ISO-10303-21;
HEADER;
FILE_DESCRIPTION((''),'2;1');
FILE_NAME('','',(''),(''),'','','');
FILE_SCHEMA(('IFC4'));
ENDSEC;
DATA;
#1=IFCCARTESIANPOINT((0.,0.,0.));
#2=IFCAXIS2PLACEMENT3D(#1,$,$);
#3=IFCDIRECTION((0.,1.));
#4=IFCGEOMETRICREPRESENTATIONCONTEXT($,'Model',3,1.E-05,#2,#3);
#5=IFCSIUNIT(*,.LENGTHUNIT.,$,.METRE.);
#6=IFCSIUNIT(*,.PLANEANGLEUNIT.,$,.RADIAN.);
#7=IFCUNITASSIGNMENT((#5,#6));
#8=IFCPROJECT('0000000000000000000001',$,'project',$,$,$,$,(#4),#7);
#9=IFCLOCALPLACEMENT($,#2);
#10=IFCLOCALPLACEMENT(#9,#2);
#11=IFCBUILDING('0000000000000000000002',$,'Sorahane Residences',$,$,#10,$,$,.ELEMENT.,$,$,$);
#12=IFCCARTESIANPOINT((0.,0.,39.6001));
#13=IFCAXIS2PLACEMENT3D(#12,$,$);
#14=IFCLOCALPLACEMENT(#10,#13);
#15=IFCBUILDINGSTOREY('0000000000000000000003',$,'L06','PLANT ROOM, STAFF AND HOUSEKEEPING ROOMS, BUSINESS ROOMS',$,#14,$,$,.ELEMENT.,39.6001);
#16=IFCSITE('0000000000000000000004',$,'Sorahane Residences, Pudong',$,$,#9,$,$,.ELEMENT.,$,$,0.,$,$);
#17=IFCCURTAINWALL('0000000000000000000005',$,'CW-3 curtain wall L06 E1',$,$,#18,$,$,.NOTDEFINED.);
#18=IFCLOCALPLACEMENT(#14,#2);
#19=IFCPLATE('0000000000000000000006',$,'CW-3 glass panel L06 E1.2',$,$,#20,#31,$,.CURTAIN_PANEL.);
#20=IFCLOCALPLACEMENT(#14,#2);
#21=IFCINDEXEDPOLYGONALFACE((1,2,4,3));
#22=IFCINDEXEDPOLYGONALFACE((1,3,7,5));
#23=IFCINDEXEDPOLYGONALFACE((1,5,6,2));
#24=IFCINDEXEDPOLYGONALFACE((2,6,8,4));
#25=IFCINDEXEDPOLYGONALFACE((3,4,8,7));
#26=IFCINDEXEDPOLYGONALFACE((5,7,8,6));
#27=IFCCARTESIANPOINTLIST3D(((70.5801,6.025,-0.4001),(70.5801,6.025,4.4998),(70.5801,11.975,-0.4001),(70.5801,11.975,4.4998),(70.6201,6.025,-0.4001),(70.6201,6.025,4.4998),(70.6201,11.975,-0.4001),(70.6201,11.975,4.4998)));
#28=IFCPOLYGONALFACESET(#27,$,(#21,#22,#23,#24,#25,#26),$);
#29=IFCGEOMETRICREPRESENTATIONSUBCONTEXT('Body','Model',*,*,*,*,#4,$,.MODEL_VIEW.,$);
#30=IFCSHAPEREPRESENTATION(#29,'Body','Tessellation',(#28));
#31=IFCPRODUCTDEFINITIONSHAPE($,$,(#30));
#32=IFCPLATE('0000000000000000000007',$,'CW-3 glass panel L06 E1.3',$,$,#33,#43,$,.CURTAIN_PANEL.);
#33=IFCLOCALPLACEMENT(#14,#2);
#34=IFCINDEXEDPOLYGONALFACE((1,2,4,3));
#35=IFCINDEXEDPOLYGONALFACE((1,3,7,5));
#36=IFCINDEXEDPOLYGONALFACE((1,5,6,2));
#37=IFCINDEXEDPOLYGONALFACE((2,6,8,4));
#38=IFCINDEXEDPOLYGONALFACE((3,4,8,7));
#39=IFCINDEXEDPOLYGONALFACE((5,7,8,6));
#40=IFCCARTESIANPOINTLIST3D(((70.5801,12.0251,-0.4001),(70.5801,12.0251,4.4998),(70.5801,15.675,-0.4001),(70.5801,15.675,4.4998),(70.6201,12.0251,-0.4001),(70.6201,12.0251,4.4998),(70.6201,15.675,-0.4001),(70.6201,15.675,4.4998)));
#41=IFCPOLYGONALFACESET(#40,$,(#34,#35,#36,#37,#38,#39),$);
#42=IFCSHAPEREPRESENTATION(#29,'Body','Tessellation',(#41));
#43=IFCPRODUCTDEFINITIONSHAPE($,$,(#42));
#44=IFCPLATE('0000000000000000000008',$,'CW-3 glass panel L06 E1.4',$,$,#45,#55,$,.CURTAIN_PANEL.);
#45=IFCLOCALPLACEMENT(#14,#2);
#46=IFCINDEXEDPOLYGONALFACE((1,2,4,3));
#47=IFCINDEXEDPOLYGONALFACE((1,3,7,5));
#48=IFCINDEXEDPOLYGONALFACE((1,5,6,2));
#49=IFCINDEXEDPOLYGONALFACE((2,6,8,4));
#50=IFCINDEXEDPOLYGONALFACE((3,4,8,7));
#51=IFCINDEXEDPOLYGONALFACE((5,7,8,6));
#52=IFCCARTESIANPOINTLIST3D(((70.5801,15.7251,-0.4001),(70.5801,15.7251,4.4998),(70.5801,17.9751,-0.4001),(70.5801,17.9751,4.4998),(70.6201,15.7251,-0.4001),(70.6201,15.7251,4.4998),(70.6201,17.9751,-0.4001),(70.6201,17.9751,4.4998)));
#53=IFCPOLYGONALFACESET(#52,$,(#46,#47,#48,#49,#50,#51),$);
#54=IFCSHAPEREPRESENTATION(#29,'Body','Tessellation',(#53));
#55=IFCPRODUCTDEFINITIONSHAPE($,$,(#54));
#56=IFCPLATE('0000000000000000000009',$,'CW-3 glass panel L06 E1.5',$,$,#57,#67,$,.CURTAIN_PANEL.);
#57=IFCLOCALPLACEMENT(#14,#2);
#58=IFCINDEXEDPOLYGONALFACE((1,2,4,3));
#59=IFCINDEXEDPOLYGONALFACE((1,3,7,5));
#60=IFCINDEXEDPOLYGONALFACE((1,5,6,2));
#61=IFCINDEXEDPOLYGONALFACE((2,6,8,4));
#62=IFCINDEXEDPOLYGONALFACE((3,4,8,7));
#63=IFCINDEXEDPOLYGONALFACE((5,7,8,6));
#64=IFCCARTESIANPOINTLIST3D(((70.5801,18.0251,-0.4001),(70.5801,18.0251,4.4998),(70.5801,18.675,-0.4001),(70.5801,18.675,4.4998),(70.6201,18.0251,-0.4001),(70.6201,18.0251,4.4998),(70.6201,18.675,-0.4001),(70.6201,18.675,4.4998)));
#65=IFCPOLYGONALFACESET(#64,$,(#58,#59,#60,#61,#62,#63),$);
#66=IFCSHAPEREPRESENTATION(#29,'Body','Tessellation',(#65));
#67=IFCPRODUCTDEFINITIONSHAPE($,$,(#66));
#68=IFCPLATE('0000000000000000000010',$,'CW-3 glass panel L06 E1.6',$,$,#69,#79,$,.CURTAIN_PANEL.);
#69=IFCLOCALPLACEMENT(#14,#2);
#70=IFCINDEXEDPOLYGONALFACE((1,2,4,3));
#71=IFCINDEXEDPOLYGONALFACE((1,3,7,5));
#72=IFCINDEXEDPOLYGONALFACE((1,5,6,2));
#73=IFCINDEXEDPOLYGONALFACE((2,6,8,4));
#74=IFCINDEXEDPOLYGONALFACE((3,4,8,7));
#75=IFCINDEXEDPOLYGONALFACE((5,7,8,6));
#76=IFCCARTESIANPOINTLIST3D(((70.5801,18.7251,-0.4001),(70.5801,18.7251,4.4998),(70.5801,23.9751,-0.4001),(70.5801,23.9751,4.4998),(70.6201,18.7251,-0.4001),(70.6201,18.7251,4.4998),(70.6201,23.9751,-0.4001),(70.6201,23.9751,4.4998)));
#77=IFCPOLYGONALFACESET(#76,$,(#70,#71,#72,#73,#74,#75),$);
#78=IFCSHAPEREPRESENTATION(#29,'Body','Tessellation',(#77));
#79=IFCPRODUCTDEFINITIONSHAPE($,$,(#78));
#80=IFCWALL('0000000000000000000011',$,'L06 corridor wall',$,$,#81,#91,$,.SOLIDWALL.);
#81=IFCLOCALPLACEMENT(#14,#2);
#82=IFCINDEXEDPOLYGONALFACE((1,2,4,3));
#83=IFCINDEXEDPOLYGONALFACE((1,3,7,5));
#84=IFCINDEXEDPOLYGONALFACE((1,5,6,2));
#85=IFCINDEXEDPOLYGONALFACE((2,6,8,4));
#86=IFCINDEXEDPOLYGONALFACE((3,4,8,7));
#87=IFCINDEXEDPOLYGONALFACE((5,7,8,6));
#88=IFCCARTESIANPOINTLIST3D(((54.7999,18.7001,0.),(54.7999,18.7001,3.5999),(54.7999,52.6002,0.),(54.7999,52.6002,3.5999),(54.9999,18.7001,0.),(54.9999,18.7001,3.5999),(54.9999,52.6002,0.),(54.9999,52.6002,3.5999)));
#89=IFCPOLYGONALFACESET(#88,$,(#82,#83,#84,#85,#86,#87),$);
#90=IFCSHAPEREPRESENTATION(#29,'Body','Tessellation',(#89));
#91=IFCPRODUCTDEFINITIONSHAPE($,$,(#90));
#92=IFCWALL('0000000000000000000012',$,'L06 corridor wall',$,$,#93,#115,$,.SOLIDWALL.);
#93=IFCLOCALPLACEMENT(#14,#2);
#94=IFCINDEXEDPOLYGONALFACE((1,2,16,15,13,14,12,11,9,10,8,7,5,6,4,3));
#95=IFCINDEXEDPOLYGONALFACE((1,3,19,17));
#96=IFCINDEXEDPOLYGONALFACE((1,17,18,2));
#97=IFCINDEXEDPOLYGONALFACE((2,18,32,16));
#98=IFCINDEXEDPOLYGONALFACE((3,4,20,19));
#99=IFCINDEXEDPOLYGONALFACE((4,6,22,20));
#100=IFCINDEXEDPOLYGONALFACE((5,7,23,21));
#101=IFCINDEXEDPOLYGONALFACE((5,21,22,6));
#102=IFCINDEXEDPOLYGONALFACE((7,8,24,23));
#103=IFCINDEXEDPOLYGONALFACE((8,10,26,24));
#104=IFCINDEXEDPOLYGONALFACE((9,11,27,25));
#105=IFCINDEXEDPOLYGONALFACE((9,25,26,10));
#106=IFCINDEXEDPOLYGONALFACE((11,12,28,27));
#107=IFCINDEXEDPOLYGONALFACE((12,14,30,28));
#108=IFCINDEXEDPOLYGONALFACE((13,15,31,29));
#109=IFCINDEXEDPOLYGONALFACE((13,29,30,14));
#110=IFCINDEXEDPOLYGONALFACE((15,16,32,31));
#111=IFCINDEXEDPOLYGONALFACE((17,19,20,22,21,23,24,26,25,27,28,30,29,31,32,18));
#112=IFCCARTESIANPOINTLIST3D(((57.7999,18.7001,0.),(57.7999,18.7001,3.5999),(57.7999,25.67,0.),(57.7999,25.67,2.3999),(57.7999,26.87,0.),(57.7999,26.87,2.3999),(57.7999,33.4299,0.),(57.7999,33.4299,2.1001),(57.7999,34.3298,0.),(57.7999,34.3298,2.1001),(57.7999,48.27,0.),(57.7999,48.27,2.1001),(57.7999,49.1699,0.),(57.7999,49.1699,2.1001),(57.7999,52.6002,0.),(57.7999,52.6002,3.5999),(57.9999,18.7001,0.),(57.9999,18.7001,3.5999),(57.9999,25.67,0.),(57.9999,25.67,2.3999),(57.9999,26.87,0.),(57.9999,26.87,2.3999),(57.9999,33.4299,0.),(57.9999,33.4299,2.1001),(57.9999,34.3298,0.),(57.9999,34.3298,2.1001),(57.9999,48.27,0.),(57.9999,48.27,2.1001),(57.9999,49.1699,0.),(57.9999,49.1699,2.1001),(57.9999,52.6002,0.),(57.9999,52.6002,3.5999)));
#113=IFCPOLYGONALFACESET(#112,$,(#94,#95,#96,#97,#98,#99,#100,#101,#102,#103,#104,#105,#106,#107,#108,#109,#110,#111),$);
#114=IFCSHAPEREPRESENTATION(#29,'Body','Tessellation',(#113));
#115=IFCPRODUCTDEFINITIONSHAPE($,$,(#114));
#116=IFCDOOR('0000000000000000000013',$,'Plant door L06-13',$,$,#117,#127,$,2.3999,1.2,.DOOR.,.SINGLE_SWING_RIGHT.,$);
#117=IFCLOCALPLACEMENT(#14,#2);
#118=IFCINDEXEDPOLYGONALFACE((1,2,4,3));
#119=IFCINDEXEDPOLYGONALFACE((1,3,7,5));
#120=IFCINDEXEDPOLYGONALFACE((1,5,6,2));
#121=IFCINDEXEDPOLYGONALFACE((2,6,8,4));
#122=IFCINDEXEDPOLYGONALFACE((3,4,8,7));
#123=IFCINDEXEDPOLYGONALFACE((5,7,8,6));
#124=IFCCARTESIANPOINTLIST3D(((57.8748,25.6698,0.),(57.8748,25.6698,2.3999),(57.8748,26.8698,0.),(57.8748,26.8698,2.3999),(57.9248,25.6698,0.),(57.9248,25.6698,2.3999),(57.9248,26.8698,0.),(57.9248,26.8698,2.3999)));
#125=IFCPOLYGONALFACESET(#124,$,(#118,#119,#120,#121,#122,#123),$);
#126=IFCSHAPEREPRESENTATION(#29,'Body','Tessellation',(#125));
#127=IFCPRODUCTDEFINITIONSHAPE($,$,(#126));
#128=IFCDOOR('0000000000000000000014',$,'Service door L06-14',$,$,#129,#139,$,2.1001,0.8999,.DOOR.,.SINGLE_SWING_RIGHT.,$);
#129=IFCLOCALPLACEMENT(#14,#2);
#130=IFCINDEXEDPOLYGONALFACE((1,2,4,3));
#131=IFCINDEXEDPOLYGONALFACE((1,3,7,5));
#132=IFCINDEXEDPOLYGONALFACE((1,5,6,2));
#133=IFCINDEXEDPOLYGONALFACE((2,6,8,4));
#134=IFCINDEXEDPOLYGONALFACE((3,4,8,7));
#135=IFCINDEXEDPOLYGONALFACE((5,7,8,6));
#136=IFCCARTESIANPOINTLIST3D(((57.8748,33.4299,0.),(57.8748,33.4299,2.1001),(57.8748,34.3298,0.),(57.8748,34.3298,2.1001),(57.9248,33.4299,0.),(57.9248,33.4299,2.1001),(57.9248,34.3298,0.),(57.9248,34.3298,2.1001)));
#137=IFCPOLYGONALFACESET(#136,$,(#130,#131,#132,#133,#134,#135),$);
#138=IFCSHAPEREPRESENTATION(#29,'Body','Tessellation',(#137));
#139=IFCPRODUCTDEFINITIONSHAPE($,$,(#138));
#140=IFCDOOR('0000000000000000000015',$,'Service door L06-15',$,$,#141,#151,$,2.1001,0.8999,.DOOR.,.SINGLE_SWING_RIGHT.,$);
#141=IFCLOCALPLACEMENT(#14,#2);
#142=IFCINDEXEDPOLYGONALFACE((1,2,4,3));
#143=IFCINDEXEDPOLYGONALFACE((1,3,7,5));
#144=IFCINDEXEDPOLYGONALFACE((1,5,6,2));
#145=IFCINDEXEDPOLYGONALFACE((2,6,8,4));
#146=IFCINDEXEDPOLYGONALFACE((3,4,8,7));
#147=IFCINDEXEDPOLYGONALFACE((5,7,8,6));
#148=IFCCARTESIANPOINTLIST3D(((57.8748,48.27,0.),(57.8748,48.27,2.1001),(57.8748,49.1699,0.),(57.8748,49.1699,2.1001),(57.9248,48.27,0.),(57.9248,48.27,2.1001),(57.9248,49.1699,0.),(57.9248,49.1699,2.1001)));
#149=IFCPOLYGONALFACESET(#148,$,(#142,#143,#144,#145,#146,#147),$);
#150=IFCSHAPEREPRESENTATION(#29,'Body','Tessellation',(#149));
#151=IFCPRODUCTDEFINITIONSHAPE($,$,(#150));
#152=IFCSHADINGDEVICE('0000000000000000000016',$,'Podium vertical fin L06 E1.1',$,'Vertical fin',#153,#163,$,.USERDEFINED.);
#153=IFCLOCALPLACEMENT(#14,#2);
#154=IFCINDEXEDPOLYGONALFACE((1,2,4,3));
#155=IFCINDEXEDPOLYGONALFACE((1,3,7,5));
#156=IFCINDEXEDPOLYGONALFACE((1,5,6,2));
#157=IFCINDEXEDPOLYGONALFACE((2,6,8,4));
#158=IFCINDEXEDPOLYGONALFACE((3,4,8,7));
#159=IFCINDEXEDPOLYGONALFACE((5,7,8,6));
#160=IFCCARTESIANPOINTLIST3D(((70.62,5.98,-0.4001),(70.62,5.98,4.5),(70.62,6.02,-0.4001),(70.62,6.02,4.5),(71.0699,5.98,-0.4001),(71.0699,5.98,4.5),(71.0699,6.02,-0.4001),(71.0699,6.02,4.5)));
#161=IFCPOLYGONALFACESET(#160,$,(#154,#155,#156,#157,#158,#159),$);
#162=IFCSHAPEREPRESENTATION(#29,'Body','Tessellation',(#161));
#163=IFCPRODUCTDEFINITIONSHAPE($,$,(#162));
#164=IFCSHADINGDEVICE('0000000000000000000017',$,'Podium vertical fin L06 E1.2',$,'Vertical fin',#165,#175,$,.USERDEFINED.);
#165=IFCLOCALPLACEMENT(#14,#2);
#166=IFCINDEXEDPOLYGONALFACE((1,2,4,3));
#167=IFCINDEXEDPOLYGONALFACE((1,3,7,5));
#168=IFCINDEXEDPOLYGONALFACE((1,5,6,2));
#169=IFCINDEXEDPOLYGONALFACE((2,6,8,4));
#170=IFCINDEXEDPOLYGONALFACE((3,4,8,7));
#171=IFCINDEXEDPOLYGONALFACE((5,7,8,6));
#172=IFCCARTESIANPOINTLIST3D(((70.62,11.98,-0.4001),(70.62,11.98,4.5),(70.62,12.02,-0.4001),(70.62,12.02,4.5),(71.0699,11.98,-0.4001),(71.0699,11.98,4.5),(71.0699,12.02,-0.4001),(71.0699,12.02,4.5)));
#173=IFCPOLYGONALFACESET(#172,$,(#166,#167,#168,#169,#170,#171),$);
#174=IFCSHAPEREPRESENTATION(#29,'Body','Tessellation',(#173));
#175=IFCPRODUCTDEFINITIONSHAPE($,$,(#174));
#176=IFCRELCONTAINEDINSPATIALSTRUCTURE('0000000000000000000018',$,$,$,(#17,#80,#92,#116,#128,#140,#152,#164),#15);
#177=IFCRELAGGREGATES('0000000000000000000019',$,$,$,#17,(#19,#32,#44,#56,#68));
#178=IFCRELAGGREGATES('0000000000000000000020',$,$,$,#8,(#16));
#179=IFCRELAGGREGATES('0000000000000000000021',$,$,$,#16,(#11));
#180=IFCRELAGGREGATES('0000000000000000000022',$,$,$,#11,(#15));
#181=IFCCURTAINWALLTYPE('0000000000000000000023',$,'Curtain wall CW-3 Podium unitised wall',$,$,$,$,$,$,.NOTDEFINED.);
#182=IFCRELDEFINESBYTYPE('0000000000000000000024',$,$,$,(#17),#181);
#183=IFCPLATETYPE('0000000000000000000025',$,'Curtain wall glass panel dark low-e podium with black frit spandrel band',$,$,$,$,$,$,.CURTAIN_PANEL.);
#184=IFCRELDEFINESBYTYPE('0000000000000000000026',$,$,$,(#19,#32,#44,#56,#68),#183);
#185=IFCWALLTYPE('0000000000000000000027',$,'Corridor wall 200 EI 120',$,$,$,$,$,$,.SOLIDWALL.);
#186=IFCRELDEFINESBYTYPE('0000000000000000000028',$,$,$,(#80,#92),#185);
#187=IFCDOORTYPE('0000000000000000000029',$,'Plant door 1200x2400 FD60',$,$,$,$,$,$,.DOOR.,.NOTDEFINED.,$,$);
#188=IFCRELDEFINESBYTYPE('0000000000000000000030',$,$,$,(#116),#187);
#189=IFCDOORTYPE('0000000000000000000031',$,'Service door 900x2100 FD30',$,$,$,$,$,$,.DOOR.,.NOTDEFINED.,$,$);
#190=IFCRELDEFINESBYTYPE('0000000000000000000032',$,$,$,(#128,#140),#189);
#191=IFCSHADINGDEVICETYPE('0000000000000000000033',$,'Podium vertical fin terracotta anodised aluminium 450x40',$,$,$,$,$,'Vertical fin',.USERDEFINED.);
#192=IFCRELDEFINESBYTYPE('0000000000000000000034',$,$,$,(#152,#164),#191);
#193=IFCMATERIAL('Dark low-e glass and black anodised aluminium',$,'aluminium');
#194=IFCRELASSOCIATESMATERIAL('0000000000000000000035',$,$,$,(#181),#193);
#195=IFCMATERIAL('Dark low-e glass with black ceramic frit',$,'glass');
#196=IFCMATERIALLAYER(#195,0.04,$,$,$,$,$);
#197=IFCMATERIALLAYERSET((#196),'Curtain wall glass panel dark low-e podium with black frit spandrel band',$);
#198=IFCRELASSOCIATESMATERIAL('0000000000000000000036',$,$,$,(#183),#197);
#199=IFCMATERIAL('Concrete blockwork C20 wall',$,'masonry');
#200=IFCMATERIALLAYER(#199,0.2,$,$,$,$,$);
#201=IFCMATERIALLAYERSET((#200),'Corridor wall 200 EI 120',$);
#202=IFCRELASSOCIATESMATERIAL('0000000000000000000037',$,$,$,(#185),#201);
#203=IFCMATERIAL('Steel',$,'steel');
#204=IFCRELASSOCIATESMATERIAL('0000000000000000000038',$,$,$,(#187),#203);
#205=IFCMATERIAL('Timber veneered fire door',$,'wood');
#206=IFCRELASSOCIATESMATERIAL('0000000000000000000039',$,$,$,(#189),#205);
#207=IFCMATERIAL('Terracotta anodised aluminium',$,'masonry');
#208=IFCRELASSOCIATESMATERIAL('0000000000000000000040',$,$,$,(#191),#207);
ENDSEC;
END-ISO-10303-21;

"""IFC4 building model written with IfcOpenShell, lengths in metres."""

from ifc_helpers import new_model, si_unit, direction, frame, frame_2d, origin, origin_2d, place, context, subcontext, project, spatial, rectangle, extrude, material, layer, layer_set, material_profile, profile_set, type_object, element, fill, aggregate, save


model = new_model("IFC4")

# Units and contexts
model_context = context("Model", 3, precision=1e-05, world=origin(), true_north=direction((0.0, 1.0)))
body_context = subcontext(model_context, "Body", "Model", "MODEL_VIEW")
ifc_project = project(units=[si_unit("LENGTHUNIT", "METRE"), si_unit("PLANEANGLEUNIT", "RADIAN")], contexts=[model_context])

# Site, building, storey
site_placement = place(None, origin())
site = spatial("IfcSite", under=ifc_project, at=site_placement, Name="Sorahane Residences, Pudong", CompositionType="ELEMENT", RefElevation=0.0)
building_placement = place(site_placement, origin())
building = spatial("IfcBuilding", under=site, at=building_placement, Name="Sorahane Residences", CompositionType="ELEMENT")
storey_placement = place(building_placement, frame((0.0, 0.0, 39.6001)))
storey = spatial("IfcBuildingStorey", under=building, at=storey_placement, Name="L06", Description="PLANT ROOM, STAFF AND HOUSEKEEPING ROOMS, BUSINESS ROOMS", CompositionType="ELEMENT", Elevation=39.6001)

# Curtain wall
ifc_material_1 = material(Name="Dark low-e glass and black anodised aluminium", Category="aluminium")
curtain_wall_type = type_object("IfcCurtainWallType", Name="Curtain wall CW-3 Podium unitised wall", PredefinedType="NOTDEFINED", material=ifc_material_1)
curtain_wall_placement = place(storey_placement, origin())
curtain_wall = element("IfcCurtainWall", 1, at=curtain_wall_placement, inside=storey, type_object=curtain_wall_type, Name="CW-3 curtain wall L06 E1", PredefinedType="NOTDEFINED")

# Plates
ifc_material_2 = material(Name="Dark low-e glass with black ceramic frit", Category="glass")
ifc_layer_1 = layer(ifc_material_2, 0.04)
ifc_layer_set_1 = layer_set([ifc_layer_1], Name="Curtain wall glass panel dark low-e podium with black frit spandrel band")
plate_type = type_object("IfcPlateType", Name="Curtain wall glass panel dark low-e podium with black frit spandrel band", PredefinedType="CURTAIN_PANEL", material=ifc_layer_set_1)
plate_1_placement = place(storey_placement, frame((70.6001, 9.0, -0.4001), z_axis=(0.0, 0.0, 1.0), x_axis=(0.0, 1.0, 0.0)))
plate_1 = element("IfcPlate", 2, at=plate_1_placement, type_object=plate_type, Name="CW-3 glass panel L06 E1.2", PredefinedType="CURTAIN_PANEL", context=body_context, shape_type="SweptSolid", body=[
    extrude(rectangle(XDim=5.95, YDim=0.04, at=origin_2d()), origin(), (0.0, 0.0, 1.0), 4.8999),
])
plate_2_placement = place(storey_placement, frame((70.6001, 13.8501, -0.4001), z_axis=(0.0, 0.0, 1.0), x_axis=(0.0, 1.0, 0.0)))
plate_2 = element("IfcPlate", 3, at=plate_2_placement, type_object=plate_type, Name="CW-3 glass panel L06 E1.3", PredefinedType="CURTAIN_PANEL", context=body_context, shape_type="SweptSolid", body=[
    extrude(rectangle(XDim=3.6499, YDim=0.04, at=origin_2d()), origin(), (0.0, 0.0, 1.0), 4.8999),
])
plate_3_placement = place(storey_placement, frame((70.6001, 16.8501, -0.4001), z_axis=(0.0, 0.0, 1.0), x_axis=(0.0, 1.0, 0.0)))
plate_3 = element("IfcPlate", 4, at=plate_3_placement, type_object=plate_type, Name="CW-3 glass panel L06 E1.4", PredefinedType="CURTAIN_PANEL", context=body_context, shape_type="SweptSolid", body=[
    extrude(rectangle(XDim=2.25, YDim=0.04, at=origin_2d()), origin(), (0.0, 0.0, 1.0), 4.8999),
])
plate_4_placement = place(storey_placement, frame((70.6001, 18.3501, -0.4001), z_axis=(0.0, 0.0, 1.0), x_axis=(0.0, 1.0, 0.0)))
plate_4 = element("IfcPlate", 5, at=plate_4_placement, type_object=plate_type, Name="CW-3 glass panel L06 E1.5", PredefinedType="CURTAIN_PANEL", context=body_context, shape_type="SweptSolid", body=[
    extrude(rectangle(XDim=0.6499, YDim=0.04, at=origin_2d()), origin(), (0.0, 0.0, 1.0), 4.8999),
])
plate_5_placement = place(storey_placement, frame((70.6001, 21.3501, -0.4001), z_axis=(0.0, 0.0, 1.0), x_axis=(0.0, 1.0, 0.0)))
plate_5 = element("IfcPlate", 6, at=plate_5_placement, type_object=plate_type, Name="CW-3 glass panel L06 E1.6", PredefinedType="CURTAIN_PANEL", context=body_context, shape_type="SweptSolid", body=[
    extrude(rectangle(XDim=5.25, YDim=0.04, at=origin_2d()), origin(), (0.0, 0.0, 1.0), 4.8999),
])
aggregate(curtain_wall, [plate_1, plate_2, plate_3, plate_4, plate_5])

# Wall
ifc_material_3 = material(Name="Concrete blockwork C20 wall", Category="masonry")
ifc_layer_2 = layer(ifc_material_3, 0.2)
ifc_layer_set_2 = layer_set([ifc_layer_2], Name="Corridor wall 200 EI 120")
wall_type = type_object("IfcWallType", Name="Corridor wall 200 EI 120", PredefinedType="SOLIDWALL", material=ifc_layer_set_2)
wall_1_placement = place(storey_placement, frame((54.8999, 18.7, 0.0), z_axis=(0.0, 0.0, 1.0), x_axis=(0.0, 1.0, 0.0)))
element("IfcWall", 7, at=wall_1_placement, inside=storey, type_object=wall_type, Name="L06 corridor wall", PredefinedType="SOLIDWALL", context=body_context, shape_type="SweptSolid", body=[
    extrude(rectangle(XDim=33.9001, YDim=0.2, at=frame_2d((16.9502, 0.0))), origin(), (0.0, 0.0, 1.0), 3.5999),
])

# Wall, openings, doors
wall_2_placement = place(storey_placement, frame((57.8999, 18.7, 0.0), z_axis=(0.0, 0.0, 1.0), x_axis=(0.0, 1.0, 0.0)))
wall_2 = element("IfcWall", 8, at=wall_2_placement, inside=storey, type_object=wall_type, Name="L06 corridor wall", PredefinedType="SOLIDWALL", context=body_context, shape_type="SweptSolid", body=[
    extrude(rectangle(XDim=33.9001, YDim=0.2, at=frame_2d((16.9502, 0.0))), origin(), (0.0, 0.0, 1.0), 3.5999),
])
opening_1_placement = place(wall_2_placement, frame((6.97, 0.0, 0.0)))
opening_1 = element("IfcOpeningElement", 9, at=opening_1_placement, cuts=wall_2, PredefinedType="OPENING", context=body_context, shape_type="SweptSolid", body=[
    extrude(rectangle(XDim=1.2, YDim=2.3999, at=frame_2d((0.6001, 1.2))), frame((0.0, 0.1099, 0.0), z_axis=(0.0, -1.0, 0.0), x_axis=(1.0, 0.0, 0.0)), (0.0, 0.0, 1.0), 0.22),
])
opening_2_placement = place(wall_2_placement, frame((14.73, 0.0, 0.0)))
opening_2 = element("IfcOpeningElement", 10, at=opening_2_placement, cuts=wall_2, PredefinedType="OPENING", context=body_context, shape_type="SweptSolid", body=[
    extrude(rectangle(XDim=0.8999, YDim=2.1001, at=frame_2d((0.45, 1.05))), frame((0.0, 0.1099, 0.0), z_axis=(0.0, -1.0, 0.0), x_axis=(1.0, 0.0, 0.0)), (0.0, 0.0, 1.0), 0.22),
])
opening_3_placement = place(wall_2_placement, frame((29.5701, 0.0, 0.0)))
opening_3 = element("IfcOpeningElement", 11, at=opening_3_placement, cuts=wall_2, PredefinedType="OPENING", context=body_context, shape_type="SweptSolid", body=[
    extrude(rectangle(XDim=0.8999, YDim=2.1001, at=frame_2d((0.45, 1.05))), frame((0.0, 0.1099, 0.0), z_axis=(0.0, -1.0, 0.0), x_axis=(1.0, 0.0, 0.0)), (0.0, 0.0, 1.0), 0.22),
])
ifc_material_4 = material(Name="Steel", Category="steel")
door_type_1 = type_object("IfcDoorType", Name="Plant door 1200x2400 FD60", OperationType="NOTDEFINED", PredefinedType="DOOR", material=ifc_material_4)
door_1_placement = place(opening_1_placement, frame((1.2, 0.0, 0.0), z_axis=(0.0, 0.0, 1.0), x_axis=(-1.0, 0.0, 0.0)))
door_1 = element("IfcDoor", 12, at=door_1_placement, inside=storey, type_object=door_type_1, Name="Plant door L06-13", OperationType="SINGLE_SWING_RIGHT", OverallHeight=2.3999, OverallWidth=1.2, PredefinedType="DOOR", context=body_context, shape_type="SweptSolid", body=[
    extrude(rectangle(XDim=1.2, YDim=2.3999, at=frame_2d((0.6001, 1.2))), frame((0.0, 0.0249, 0.0), z_axis=(0.0, -1.0, 0.0), x_axis=(1.0, 0.0, 0.0)), (0.0, 0.0, 1.0), 0.05),
])
fill(opening_1, door_1)
ifc_material_5 = material(Name="Timber veneered fire door", Category="wood")
door_type_2 = type_object("IfcDoorType", Name="Service door 900x2100 FD30", OperationType="NOTDEFINED", PredefinedType="DOOR", material=ifc_material_5)
door_2_placement = place(opening_2_placement, frame((0.8999, 0.0, 0.0), z_axis=(0.0, 0.0, 1.0), x_axis=(-1.0, 0.0, 0.0)))
door_2 = element("IfcDoor", 13, at=door_2_placement, inside=storey, type_object=door_type_2, Name="Service door L06-14", OperationType="SINGLE_SWING_RIGHT", OverallHeight=2.1001, OverallWidth=0.8999, PredefinedType="DOOR", context=body_context, shape_type="SweptSolid", body=[
    extrude(rectangle(XDim=0.8999, YDim=2.1001, at=frame_2d((0.45, 1.05))), frame((0.0, 0.0249, 0.0), z_axis=(0.0, -1.0, 0.0), x_axis=(1.0, 0.0, 0.0)), (0.0, 0.0, 1.0), 0.05),
])
fill(opening_2, door_2)
door_3_placement = place(opening_3_placement, frame((0.8999, 0.0, 0.0), z_axis=(0.0, 0.0, 1.0), x_axis=(-1.0, 0.0, 0.0)))
door_3 = element("IfcDoor", 14, at=door_3_placement, inside=storey, type_object=door_type_2, Name="Service door L06-15", OperationType="SINGLE_SWING_RIGHT", OverallHeight=2.1001, OverallWidth=0.8999, PredefinedType="DOOR", context=body_context, shape_type="SweptSolid", body=[
    extrude(rectangle(XDim=0.8999, YDim=2.1001, at=frame_2d((0.45, 1.05))), frame((0.0, 0.0249, 0.0), z_axis=(0.0, -1.0, 0.0), x_axis=(1.0, 0.0, 0.0)), (0.0, 0.0, 1.0), 0.05),
])
fill(opening_3, door_3)

# Shading devices
ifc_material_6 = material(Name="Terracotta anodised aluminium", Category="masonry")
ifc_material_profile_1 = material_profile(ifc_material_6, rectangle(XDim=0.45, YDim=0.04, at=origin_2d()), Name="Podium vertical fin terracotta anodised aluminium 450x40")
ifc_profile_set_1 = profile_set([ifc_material_profile_1], Name="Terracotta anodised aluminium")
shading_device_type = type_object("IfcShadingDeviceType", Name="Podium vertical fin terracotta anodised aluminium 450x40", ElementType="Vertical fin", PredefinedType="USERDEFINED", material=ifc_profile_set_1)
for number, where, z_axis, x_axis, name in (
    (15, (70.845, 6.0, -0.4001), (0.0, 0.0, 1.0), (1.0, 0.0, 0.0), "Podium vertical fin L06 E1.1"),
    (16, (70.845, 12.0, -0.4001), (0.0, 0.0, 1.0), (1.0, 0.0, 0.0), "Podium vertical fin L06 E1.2"),
):
    element("IfcShadingDevice", number, at=place(storey_placement, frame(where, z_axis=z_axis, x_axis=x_axis)), inside=storey, type_object=shading_device_type, Name=name, ObjectType="Vertical fin", PredefinedType="USERDEFINED", context=body_context, shape_type="SweptSolid", body=[
        extrude(rectangle(XDim=0.45, YDim=0.04, at=origin_2d()), origin(), (0.0, 0.0, 1.0), 4.9001),
    ])

save(model, "model.ifc")
